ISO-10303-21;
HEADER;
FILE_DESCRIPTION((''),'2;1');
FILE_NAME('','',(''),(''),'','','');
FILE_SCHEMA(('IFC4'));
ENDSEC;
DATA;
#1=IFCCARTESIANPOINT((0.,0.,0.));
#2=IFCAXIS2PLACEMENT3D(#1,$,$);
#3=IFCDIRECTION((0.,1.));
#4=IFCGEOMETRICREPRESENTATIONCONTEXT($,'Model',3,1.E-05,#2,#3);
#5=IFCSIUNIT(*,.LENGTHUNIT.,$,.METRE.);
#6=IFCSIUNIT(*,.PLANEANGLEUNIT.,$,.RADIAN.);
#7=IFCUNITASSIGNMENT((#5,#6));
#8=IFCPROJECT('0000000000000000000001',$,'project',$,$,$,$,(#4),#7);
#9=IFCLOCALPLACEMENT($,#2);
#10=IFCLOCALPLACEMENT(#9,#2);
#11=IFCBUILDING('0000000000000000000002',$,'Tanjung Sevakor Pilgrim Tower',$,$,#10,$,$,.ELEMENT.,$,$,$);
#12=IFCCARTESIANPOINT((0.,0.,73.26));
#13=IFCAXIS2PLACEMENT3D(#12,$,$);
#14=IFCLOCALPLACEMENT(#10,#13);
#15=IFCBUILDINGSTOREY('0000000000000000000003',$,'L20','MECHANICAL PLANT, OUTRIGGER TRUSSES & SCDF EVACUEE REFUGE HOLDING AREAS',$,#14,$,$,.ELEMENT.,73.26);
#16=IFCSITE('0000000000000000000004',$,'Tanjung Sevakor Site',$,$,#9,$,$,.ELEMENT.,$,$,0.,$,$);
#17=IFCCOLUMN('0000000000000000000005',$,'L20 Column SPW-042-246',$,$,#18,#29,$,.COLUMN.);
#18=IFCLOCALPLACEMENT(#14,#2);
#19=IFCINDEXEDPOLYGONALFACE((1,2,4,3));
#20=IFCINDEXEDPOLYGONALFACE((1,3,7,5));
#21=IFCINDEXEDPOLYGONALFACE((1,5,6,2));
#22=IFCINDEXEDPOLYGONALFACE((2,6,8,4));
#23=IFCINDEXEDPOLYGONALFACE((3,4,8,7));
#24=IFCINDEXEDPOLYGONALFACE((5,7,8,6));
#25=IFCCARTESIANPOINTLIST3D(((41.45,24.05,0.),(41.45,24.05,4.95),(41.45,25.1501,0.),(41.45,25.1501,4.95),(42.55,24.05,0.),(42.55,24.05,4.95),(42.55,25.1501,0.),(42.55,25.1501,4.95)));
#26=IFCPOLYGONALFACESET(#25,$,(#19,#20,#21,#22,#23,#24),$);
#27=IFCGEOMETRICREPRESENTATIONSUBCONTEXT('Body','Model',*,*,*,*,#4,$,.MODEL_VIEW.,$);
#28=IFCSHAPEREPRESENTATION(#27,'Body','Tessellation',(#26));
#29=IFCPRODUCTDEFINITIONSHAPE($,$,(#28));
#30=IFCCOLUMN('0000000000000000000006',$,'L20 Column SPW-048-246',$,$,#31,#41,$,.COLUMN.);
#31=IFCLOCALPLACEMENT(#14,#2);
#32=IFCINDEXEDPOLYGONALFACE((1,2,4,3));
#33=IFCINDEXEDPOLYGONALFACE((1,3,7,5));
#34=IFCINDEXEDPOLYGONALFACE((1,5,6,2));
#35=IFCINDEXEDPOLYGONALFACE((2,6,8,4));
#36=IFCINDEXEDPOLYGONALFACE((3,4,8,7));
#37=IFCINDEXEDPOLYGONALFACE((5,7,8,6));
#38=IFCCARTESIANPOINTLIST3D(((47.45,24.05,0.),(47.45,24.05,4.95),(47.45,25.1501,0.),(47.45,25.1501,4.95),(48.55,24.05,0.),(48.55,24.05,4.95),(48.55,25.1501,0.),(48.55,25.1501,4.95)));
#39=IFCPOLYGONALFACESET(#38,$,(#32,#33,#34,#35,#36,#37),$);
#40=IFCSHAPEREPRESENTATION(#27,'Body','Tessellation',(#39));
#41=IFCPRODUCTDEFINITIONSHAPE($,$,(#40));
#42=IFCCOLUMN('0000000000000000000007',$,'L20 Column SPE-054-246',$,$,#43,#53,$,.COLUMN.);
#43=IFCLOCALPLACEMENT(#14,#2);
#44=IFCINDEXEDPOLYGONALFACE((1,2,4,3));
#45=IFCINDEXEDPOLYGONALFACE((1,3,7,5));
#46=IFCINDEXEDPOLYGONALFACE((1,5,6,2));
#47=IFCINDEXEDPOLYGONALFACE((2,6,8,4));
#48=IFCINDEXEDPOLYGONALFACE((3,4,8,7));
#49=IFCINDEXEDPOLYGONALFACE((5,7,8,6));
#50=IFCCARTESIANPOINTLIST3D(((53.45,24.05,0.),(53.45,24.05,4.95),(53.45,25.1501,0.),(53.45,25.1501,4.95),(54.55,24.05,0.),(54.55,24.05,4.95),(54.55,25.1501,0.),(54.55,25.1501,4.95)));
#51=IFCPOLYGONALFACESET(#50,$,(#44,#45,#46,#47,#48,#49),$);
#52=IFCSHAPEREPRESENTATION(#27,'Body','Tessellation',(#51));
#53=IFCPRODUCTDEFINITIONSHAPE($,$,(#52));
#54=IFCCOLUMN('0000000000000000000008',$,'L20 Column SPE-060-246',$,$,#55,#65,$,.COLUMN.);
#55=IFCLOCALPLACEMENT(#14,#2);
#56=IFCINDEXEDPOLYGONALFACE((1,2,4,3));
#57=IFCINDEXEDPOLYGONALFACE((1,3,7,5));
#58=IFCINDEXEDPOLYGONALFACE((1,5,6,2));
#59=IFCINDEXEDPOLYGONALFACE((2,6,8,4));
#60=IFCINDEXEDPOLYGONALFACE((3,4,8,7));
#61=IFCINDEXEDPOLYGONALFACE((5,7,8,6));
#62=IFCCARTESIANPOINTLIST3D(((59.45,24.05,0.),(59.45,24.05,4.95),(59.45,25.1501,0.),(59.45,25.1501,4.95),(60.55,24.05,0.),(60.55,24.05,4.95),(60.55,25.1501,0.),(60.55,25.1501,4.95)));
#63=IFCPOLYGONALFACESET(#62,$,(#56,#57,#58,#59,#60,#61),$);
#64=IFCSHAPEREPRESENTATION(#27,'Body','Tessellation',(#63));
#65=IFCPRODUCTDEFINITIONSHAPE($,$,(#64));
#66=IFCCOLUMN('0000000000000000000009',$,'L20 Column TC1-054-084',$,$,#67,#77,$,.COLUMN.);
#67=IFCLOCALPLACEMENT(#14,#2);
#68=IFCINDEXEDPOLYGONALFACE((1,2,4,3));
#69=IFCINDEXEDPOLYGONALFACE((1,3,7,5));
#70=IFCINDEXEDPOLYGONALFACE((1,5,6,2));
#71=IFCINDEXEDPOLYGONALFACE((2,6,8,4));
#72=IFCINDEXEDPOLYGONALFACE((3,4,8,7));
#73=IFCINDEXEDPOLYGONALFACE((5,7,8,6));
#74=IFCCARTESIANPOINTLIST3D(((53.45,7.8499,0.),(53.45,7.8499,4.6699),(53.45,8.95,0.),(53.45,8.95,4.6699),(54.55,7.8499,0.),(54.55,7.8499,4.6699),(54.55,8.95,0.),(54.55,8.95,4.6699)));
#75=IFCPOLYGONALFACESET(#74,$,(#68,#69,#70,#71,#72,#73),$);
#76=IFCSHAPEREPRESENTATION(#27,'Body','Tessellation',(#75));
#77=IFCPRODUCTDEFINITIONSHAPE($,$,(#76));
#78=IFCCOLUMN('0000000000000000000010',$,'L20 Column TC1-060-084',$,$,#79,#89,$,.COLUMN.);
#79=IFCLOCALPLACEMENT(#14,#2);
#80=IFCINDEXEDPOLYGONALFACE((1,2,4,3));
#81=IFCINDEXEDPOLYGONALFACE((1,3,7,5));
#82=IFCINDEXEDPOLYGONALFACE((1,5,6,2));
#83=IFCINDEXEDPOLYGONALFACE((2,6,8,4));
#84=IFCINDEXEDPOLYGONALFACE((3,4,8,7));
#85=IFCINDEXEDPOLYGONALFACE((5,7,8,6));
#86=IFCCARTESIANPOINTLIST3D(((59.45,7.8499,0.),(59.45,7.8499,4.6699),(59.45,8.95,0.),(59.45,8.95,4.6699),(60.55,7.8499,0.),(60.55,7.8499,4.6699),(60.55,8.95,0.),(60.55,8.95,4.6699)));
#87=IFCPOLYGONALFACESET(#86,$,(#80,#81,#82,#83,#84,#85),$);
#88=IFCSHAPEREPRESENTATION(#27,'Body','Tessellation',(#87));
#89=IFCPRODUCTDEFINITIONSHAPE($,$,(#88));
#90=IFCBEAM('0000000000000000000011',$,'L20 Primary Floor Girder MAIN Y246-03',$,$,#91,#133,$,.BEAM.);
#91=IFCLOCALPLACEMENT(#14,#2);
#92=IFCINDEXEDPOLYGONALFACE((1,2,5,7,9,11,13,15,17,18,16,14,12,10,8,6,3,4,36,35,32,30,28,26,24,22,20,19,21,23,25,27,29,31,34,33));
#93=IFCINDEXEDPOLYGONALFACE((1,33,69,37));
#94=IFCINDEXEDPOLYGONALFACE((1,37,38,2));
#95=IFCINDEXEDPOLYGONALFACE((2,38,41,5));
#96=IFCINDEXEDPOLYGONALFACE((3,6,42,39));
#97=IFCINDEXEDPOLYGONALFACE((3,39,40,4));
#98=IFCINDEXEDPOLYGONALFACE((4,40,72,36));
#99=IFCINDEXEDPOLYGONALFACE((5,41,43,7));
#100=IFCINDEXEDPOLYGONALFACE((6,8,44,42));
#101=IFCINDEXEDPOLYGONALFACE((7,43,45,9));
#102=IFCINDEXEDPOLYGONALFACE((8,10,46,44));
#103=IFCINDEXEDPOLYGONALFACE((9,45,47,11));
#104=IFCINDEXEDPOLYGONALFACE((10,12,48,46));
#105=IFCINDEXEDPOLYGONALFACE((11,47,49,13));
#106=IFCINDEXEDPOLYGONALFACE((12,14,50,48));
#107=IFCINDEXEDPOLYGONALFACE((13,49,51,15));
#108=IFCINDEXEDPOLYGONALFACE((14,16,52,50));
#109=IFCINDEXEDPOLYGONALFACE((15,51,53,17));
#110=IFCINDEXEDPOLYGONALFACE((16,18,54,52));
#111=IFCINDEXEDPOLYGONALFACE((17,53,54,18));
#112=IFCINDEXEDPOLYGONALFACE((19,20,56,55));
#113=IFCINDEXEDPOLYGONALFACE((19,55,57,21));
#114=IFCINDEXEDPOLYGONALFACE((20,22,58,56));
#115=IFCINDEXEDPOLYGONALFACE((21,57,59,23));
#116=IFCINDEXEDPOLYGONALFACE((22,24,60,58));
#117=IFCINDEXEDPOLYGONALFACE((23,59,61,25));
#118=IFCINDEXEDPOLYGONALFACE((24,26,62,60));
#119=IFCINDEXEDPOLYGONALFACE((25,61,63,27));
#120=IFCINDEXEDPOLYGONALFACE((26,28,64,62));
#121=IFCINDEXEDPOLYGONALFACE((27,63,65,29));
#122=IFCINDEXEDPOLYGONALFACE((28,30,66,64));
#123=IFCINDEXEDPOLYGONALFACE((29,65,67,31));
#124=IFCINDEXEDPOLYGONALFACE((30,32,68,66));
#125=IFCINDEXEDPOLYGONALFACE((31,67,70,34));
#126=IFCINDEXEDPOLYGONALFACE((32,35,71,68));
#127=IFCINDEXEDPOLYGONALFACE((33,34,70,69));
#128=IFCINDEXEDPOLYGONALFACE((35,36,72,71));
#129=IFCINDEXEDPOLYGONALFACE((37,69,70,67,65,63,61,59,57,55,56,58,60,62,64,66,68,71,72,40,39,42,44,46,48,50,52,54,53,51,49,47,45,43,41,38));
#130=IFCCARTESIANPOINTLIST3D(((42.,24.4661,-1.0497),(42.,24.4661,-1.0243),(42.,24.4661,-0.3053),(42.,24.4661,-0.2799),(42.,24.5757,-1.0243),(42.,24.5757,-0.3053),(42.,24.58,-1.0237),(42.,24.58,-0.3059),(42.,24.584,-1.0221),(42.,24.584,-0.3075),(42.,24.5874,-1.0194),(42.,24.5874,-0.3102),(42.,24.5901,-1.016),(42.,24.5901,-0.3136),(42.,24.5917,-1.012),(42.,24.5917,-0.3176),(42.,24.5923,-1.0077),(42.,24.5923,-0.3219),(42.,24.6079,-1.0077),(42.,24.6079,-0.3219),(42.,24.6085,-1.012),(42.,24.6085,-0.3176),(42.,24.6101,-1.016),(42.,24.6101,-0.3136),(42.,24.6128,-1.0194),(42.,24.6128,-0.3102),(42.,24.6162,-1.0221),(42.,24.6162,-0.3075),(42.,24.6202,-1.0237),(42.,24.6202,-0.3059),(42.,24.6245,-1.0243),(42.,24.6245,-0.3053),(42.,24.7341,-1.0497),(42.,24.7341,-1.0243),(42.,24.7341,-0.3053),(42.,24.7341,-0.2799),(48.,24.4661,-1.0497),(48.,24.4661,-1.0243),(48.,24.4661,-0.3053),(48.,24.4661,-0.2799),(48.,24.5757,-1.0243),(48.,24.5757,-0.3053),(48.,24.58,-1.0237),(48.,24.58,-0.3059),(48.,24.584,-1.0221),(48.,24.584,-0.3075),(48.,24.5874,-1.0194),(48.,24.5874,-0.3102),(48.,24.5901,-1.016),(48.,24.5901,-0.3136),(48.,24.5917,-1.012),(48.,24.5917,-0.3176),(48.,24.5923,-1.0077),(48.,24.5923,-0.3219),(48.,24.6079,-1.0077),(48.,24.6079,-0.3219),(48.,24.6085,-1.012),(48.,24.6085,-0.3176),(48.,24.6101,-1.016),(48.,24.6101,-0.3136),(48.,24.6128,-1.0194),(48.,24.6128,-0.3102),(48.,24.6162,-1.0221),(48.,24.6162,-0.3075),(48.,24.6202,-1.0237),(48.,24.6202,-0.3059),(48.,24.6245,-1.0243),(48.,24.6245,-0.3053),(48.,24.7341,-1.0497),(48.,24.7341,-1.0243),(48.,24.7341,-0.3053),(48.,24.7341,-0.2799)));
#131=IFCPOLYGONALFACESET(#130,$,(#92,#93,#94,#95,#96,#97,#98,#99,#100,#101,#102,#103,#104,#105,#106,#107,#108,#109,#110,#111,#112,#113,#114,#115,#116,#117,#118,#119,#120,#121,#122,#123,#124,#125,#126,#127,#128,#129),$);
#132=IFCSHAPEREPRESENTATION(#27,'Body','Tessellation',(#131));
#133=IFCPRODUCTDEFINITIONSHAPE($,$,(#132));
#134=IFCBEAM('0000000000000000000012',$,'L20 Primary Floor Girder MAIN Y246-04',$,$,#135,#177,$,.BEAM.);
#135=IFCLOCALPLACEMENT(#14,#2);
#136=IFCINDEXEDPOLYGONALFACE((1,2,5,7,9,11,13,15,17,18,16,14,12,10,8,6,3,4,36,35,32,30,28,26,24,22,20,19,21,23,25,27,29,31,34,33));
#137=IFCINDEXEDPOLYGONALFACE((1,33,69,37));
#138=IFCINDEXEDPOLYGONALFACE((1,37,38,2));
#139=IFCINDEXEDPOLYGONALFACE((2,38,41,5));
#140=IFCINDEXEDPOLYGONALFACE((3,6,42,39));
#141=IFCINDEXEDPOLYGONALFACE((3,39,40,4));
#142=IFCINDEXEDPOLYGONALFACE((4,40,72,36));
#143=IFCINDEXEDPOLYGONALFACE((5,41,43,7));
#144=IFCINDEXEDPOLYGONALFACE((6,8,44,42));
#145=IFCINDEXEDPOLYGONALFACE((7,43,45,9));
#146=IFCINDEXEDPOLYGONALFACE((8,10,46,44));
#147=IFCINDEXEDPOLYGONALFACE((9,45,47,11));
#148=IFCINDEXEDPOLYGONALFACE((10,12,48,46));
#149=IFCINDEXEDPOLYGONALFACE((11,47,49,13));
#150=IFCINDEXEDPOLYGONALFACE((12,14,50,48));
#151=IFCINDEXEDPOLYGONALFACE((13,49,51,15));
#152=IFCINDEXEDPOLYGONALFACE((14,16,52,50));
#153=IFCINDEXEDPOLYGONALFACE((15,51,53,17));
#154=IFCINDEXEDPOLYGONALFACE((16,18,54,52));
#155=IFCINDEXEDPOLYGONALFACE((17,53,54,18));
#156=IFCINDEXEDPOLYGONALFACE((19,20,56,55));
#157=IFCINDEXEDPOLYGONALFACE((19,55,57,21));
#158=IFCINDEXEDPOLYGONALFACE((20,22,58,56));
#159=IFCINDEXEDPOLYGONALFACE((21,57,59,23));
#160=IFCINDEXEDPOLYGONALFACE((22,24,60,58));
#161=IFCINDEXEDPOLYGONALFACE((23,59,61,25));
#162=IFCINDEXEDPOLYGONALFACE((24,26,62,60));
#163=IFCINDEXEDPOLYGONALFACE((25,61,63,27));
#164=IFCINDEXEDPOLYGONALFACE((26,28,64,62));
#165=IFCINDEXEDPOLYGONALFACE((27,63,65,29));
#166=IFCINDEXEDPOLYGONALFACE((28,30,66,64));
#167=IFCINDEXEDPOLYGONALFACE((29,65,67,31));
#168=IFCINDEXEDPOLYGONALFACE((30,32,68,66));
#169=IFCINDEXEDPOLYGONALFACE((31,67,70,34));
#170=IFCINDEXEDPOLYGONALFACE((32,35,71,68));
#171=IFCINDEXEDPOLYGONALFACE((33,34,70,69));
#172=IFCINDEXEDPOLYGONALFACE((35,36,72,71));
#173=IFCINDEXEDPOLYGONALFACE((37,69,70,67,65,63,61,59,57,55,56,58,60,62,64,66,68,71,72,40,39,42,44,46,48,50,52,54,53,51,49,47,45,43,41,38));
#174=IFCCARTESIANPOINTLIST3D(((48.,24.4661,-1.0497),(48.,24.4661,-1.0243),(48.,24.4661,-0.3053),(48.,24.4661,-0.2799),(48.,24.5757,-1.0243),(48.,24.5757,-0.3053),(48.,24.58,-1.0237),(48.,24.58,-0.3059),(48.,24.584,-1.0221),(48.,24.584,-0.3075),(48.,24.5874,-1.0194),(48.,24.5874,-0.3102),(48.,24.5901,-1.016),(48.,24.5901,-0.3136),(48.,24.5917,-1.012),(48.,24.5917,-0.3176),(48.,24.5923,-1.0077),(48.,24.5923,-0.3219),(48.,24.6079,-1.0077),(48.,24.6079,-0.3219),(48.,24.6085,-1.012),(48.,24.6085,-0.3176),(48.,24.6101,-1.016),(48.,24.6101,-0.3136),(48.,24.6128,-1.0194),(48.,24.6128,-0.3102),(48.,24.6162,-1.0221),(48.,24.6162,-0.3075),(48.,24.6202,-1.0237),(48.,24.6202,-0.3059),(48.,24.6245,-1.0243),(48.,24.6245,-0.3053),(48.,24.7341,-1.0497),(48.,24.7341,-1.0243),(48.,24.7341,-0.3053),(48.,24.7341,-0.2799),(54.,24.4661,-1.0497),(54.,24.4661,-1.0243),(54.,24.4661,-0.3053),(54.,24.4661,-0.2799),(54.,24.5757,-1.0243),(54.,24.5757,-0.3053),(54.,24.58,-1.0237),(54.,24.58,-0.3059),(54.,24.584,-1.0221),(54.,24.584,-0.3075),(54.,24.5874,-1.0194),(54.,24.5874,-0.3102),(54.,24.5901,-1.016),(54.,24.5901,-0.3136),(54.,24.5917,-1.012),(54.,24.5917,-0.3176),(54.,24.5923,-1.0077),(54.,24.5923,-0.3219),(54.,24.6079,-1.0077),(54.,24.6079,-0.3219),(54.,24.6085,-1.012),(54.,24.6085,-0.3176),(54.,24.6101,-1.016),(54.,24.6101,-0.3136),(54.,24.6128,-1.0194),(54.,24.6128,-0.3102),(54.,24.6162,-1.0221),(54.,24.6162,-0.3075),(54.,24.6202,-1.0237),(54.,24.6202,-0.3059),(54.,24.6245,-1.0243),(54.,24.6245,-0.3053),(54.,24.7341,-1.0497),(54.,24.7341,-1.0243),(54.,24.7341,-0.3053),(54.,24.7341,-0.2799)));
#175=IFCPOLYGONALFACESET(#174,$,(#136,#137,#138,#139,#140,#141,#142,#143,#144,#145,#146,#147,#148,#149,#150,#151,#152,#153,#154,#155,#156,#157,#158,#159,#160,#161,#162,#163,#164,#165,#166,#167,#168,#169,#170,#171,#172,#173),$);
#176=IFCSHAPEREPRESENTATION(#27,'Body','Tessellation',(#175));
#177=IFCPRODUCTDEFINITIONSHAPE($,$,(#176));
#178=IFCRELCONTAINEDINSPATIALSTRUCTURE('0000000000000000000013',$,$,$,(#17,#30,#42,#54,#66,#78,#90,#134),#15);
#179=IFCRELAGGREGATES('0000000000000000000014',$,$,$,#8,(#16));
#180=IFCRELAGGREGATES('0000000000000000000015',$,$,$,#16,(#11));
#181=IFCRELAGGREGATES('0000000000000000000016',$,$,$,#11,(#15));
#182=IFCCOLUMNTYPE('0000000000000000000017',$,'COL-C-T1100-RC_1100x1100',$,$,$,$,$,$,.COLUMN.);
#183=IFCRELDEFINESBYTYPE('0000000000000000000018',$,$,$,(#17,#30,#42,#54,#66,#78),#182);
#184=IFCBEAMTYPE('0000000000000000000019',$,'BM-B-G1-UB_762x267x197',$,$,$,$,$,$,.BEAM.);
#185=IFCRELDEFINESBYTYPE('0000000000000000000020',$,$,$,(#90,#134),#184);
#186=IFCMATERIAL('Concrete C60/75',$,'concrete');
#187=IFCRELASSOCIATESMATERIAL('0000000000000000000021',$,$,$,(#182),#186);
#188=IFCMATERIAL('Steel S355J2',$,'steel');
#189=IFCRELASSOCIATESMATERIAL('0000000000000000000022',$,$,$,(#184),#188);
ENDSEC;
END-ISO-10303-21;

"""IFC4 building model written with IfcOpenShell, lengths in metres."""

from ifc_helpers import new_model, si_unit, direction, frame, origin, origin_2d, place, context, subcontext, project, spatial, rectangle, i_section, extrude, material, material_profile, profile_set, type_object, element, save


model = new_model("IFC4")

# Units and contexts
model_context = context("Model", 3, precision=1e-05, world=origin(), true_north=direction((0.0, 1.0)))
body_context = subcontext(model_context, "Body", "Model", "MODEL_VIEW")
ifc_project = project(units=[si_unit("LENGTHUNIT", "METRE"), si_unit("PLANEANGLEUNIT", "RADIAN")], contexts=[model_context])

# Site, building, storey
site_placement = place(None, origin())
site = spatial("IfcSite", under=ifc_project, at=site_placement, Name="Tanjung Sevakor Site", CompositionType="ELEMENT", RefElevation=0.0)
building_placement = place(site_placement, origin())
building = spatial("IfcBuilding", under=site, at=building_placement, Name="Tanjung Sevakor Pilgrim Tower", CompositionType="ELEMENT")
storey_placement = place(building_placement, frame((0.0, 0.0, 73.26)))
storey = spatial("IfcBuildingStorey", under=building, at=storey_placement, Name="L20", Description="MECHANICAL PLANT, OUTRIGGER TRUSSES & SCDF EVACUEE REFUGE HOLDING AREAS", CompositionType="ELEMENT", Elevation=73.26)

# Columns
ifc_material_1 = material(Name="Concrete C60/75", Category="concrete")
ifc_material_profile_1 = material_profile(ifc_material_1, rectangle(XDim=1.1001, YDim=1.1001, at=origin_2d()))
ifc_profile_set_1 = profile_set([ifc_material_profile_1], Name="Concrete C60/75")
column_type = type_object("IfcColumnType", Name="COL-C-T1100-RC_1100x1100", PredefinedType="COLUMN", material=ifc_profile_set_1)
for number, where, z_axis, x_axis, name in (
    (1, (42.0, 24.6001, 0.0), (0.0, 0.0, 1.0), (1.0, 0.0, 0.0), "L20 Column SPW-042-246"),
    (2, (48.0, 24.6001, 0.0), (0.0, 0.0, 1.0), (1.0, 0.0, 0.0), "L20 Column SPW-048-246"),
    (3, (54.0, 24.6001, 0.0), (0.0, 0.0, 1.0), (1.0, 0.0, 0.0), "L20 Column SPE-054-246"),
    (4, (60.0, 24.6001, 0.0), (0.0, 0.0, 1.0), (1.0, 0.0, 0.0), "L20 Column SPE-060-246"),
):
    element("IfcColumn", number, at=place(storey_placement, frame(where, z_axis=z_axis, x_axis=x_axis)), inside=storey, type_object=column_type, Name=name, PredefinedType="COLUMN", context=body_context, shape_type="SweptSolid", body=[
        extrude(rectangle(XDim=1.1001, YDim=1.1001, at=origin_2d()), origin(), (0.0, 0.0, 1.0), 4.95),
    ])
for number, where, z_axis, x_axis, name in (
    (5, (54.0, 8.3999, 0.0), (0.0, 0.0, 1.0), (1.0, 0.0, 0.0), "L20 Column TC1-054-084"),
    (6, (60.0, 8.3999, 0.0), (0.0, 0.0, 1.0), (1.0, 0.0, 0.0), "L20 Column TC1-060-084"),
):
    element("IfcColumn", number, at=place(storey_placement, frame(where, z_axis=z_axis, x_axis=x_axis)), inside=storey, type_object=column_type, Name=name, PredefinedType="COLUMN", context=body_context, shape_type="SweptSolid", body=[
        extrude(rectangle(XDim=1.1001, YDim=1.1001, at=origin_2d()), origin(), (0.0, 0.0, 1.0), 4.6699),
    ])

# Beams
ifc_material_2 = material(Name="Steel S355J2", Category="steel")
ifc_material_profile_2 = material_profile(ifc_material_2, i_section(OverallWidth=0.2681, OverallDepth=0.7698, WebThickness=0.0156, FlangeThickness=0.0254, FilletRadius=0.0166, at=origin_2d()))
ifc_profile_set_2 = profile_set([ifc_material_profile_2], Name="Steel S355J2")
beam_type_1 = type_object("IfcBeamType", Name="BM-B-G1-UB_762x267x197", PredefinedType="BEAM", material=ifc_profile_set_2)
for number, where, z_axis, x_axis, name in (
    (7, (42.0, 24.6001, -0.6648), (1.0, 0.0, 0.0), (0.0, 1.0, 0.0), "L20 Primary Floor Girder MAIN Y246-03"),
    (8, (48.0, 24.6001, -0.6648), (1.0, 0.0, 0.0), (0.0, 1.0, 0.0), "L20 Primary Floor Girder MAIN Y246-04"),
):
    element("IfcBeam", number, at=place(storey_placement, frame(where, z_axis=z_axis, x_axis=x_axis)), inside=storey, type_object=beam_type_1, Name=name, PredefinedType="BEAM", context=body_context, shape_type="SweptSolid", body=[
        extrude(i_section(OverallWidth=0.2681, OverallDepth=0.7698, WebThickness=0.0156, FlangeThickness=0.0254, FilletRadius=0.0166, at=origin_2d()), origin(), (0.0, 0.0, 1.0), 6.0),
    ])

save(model, "model.ifc")
